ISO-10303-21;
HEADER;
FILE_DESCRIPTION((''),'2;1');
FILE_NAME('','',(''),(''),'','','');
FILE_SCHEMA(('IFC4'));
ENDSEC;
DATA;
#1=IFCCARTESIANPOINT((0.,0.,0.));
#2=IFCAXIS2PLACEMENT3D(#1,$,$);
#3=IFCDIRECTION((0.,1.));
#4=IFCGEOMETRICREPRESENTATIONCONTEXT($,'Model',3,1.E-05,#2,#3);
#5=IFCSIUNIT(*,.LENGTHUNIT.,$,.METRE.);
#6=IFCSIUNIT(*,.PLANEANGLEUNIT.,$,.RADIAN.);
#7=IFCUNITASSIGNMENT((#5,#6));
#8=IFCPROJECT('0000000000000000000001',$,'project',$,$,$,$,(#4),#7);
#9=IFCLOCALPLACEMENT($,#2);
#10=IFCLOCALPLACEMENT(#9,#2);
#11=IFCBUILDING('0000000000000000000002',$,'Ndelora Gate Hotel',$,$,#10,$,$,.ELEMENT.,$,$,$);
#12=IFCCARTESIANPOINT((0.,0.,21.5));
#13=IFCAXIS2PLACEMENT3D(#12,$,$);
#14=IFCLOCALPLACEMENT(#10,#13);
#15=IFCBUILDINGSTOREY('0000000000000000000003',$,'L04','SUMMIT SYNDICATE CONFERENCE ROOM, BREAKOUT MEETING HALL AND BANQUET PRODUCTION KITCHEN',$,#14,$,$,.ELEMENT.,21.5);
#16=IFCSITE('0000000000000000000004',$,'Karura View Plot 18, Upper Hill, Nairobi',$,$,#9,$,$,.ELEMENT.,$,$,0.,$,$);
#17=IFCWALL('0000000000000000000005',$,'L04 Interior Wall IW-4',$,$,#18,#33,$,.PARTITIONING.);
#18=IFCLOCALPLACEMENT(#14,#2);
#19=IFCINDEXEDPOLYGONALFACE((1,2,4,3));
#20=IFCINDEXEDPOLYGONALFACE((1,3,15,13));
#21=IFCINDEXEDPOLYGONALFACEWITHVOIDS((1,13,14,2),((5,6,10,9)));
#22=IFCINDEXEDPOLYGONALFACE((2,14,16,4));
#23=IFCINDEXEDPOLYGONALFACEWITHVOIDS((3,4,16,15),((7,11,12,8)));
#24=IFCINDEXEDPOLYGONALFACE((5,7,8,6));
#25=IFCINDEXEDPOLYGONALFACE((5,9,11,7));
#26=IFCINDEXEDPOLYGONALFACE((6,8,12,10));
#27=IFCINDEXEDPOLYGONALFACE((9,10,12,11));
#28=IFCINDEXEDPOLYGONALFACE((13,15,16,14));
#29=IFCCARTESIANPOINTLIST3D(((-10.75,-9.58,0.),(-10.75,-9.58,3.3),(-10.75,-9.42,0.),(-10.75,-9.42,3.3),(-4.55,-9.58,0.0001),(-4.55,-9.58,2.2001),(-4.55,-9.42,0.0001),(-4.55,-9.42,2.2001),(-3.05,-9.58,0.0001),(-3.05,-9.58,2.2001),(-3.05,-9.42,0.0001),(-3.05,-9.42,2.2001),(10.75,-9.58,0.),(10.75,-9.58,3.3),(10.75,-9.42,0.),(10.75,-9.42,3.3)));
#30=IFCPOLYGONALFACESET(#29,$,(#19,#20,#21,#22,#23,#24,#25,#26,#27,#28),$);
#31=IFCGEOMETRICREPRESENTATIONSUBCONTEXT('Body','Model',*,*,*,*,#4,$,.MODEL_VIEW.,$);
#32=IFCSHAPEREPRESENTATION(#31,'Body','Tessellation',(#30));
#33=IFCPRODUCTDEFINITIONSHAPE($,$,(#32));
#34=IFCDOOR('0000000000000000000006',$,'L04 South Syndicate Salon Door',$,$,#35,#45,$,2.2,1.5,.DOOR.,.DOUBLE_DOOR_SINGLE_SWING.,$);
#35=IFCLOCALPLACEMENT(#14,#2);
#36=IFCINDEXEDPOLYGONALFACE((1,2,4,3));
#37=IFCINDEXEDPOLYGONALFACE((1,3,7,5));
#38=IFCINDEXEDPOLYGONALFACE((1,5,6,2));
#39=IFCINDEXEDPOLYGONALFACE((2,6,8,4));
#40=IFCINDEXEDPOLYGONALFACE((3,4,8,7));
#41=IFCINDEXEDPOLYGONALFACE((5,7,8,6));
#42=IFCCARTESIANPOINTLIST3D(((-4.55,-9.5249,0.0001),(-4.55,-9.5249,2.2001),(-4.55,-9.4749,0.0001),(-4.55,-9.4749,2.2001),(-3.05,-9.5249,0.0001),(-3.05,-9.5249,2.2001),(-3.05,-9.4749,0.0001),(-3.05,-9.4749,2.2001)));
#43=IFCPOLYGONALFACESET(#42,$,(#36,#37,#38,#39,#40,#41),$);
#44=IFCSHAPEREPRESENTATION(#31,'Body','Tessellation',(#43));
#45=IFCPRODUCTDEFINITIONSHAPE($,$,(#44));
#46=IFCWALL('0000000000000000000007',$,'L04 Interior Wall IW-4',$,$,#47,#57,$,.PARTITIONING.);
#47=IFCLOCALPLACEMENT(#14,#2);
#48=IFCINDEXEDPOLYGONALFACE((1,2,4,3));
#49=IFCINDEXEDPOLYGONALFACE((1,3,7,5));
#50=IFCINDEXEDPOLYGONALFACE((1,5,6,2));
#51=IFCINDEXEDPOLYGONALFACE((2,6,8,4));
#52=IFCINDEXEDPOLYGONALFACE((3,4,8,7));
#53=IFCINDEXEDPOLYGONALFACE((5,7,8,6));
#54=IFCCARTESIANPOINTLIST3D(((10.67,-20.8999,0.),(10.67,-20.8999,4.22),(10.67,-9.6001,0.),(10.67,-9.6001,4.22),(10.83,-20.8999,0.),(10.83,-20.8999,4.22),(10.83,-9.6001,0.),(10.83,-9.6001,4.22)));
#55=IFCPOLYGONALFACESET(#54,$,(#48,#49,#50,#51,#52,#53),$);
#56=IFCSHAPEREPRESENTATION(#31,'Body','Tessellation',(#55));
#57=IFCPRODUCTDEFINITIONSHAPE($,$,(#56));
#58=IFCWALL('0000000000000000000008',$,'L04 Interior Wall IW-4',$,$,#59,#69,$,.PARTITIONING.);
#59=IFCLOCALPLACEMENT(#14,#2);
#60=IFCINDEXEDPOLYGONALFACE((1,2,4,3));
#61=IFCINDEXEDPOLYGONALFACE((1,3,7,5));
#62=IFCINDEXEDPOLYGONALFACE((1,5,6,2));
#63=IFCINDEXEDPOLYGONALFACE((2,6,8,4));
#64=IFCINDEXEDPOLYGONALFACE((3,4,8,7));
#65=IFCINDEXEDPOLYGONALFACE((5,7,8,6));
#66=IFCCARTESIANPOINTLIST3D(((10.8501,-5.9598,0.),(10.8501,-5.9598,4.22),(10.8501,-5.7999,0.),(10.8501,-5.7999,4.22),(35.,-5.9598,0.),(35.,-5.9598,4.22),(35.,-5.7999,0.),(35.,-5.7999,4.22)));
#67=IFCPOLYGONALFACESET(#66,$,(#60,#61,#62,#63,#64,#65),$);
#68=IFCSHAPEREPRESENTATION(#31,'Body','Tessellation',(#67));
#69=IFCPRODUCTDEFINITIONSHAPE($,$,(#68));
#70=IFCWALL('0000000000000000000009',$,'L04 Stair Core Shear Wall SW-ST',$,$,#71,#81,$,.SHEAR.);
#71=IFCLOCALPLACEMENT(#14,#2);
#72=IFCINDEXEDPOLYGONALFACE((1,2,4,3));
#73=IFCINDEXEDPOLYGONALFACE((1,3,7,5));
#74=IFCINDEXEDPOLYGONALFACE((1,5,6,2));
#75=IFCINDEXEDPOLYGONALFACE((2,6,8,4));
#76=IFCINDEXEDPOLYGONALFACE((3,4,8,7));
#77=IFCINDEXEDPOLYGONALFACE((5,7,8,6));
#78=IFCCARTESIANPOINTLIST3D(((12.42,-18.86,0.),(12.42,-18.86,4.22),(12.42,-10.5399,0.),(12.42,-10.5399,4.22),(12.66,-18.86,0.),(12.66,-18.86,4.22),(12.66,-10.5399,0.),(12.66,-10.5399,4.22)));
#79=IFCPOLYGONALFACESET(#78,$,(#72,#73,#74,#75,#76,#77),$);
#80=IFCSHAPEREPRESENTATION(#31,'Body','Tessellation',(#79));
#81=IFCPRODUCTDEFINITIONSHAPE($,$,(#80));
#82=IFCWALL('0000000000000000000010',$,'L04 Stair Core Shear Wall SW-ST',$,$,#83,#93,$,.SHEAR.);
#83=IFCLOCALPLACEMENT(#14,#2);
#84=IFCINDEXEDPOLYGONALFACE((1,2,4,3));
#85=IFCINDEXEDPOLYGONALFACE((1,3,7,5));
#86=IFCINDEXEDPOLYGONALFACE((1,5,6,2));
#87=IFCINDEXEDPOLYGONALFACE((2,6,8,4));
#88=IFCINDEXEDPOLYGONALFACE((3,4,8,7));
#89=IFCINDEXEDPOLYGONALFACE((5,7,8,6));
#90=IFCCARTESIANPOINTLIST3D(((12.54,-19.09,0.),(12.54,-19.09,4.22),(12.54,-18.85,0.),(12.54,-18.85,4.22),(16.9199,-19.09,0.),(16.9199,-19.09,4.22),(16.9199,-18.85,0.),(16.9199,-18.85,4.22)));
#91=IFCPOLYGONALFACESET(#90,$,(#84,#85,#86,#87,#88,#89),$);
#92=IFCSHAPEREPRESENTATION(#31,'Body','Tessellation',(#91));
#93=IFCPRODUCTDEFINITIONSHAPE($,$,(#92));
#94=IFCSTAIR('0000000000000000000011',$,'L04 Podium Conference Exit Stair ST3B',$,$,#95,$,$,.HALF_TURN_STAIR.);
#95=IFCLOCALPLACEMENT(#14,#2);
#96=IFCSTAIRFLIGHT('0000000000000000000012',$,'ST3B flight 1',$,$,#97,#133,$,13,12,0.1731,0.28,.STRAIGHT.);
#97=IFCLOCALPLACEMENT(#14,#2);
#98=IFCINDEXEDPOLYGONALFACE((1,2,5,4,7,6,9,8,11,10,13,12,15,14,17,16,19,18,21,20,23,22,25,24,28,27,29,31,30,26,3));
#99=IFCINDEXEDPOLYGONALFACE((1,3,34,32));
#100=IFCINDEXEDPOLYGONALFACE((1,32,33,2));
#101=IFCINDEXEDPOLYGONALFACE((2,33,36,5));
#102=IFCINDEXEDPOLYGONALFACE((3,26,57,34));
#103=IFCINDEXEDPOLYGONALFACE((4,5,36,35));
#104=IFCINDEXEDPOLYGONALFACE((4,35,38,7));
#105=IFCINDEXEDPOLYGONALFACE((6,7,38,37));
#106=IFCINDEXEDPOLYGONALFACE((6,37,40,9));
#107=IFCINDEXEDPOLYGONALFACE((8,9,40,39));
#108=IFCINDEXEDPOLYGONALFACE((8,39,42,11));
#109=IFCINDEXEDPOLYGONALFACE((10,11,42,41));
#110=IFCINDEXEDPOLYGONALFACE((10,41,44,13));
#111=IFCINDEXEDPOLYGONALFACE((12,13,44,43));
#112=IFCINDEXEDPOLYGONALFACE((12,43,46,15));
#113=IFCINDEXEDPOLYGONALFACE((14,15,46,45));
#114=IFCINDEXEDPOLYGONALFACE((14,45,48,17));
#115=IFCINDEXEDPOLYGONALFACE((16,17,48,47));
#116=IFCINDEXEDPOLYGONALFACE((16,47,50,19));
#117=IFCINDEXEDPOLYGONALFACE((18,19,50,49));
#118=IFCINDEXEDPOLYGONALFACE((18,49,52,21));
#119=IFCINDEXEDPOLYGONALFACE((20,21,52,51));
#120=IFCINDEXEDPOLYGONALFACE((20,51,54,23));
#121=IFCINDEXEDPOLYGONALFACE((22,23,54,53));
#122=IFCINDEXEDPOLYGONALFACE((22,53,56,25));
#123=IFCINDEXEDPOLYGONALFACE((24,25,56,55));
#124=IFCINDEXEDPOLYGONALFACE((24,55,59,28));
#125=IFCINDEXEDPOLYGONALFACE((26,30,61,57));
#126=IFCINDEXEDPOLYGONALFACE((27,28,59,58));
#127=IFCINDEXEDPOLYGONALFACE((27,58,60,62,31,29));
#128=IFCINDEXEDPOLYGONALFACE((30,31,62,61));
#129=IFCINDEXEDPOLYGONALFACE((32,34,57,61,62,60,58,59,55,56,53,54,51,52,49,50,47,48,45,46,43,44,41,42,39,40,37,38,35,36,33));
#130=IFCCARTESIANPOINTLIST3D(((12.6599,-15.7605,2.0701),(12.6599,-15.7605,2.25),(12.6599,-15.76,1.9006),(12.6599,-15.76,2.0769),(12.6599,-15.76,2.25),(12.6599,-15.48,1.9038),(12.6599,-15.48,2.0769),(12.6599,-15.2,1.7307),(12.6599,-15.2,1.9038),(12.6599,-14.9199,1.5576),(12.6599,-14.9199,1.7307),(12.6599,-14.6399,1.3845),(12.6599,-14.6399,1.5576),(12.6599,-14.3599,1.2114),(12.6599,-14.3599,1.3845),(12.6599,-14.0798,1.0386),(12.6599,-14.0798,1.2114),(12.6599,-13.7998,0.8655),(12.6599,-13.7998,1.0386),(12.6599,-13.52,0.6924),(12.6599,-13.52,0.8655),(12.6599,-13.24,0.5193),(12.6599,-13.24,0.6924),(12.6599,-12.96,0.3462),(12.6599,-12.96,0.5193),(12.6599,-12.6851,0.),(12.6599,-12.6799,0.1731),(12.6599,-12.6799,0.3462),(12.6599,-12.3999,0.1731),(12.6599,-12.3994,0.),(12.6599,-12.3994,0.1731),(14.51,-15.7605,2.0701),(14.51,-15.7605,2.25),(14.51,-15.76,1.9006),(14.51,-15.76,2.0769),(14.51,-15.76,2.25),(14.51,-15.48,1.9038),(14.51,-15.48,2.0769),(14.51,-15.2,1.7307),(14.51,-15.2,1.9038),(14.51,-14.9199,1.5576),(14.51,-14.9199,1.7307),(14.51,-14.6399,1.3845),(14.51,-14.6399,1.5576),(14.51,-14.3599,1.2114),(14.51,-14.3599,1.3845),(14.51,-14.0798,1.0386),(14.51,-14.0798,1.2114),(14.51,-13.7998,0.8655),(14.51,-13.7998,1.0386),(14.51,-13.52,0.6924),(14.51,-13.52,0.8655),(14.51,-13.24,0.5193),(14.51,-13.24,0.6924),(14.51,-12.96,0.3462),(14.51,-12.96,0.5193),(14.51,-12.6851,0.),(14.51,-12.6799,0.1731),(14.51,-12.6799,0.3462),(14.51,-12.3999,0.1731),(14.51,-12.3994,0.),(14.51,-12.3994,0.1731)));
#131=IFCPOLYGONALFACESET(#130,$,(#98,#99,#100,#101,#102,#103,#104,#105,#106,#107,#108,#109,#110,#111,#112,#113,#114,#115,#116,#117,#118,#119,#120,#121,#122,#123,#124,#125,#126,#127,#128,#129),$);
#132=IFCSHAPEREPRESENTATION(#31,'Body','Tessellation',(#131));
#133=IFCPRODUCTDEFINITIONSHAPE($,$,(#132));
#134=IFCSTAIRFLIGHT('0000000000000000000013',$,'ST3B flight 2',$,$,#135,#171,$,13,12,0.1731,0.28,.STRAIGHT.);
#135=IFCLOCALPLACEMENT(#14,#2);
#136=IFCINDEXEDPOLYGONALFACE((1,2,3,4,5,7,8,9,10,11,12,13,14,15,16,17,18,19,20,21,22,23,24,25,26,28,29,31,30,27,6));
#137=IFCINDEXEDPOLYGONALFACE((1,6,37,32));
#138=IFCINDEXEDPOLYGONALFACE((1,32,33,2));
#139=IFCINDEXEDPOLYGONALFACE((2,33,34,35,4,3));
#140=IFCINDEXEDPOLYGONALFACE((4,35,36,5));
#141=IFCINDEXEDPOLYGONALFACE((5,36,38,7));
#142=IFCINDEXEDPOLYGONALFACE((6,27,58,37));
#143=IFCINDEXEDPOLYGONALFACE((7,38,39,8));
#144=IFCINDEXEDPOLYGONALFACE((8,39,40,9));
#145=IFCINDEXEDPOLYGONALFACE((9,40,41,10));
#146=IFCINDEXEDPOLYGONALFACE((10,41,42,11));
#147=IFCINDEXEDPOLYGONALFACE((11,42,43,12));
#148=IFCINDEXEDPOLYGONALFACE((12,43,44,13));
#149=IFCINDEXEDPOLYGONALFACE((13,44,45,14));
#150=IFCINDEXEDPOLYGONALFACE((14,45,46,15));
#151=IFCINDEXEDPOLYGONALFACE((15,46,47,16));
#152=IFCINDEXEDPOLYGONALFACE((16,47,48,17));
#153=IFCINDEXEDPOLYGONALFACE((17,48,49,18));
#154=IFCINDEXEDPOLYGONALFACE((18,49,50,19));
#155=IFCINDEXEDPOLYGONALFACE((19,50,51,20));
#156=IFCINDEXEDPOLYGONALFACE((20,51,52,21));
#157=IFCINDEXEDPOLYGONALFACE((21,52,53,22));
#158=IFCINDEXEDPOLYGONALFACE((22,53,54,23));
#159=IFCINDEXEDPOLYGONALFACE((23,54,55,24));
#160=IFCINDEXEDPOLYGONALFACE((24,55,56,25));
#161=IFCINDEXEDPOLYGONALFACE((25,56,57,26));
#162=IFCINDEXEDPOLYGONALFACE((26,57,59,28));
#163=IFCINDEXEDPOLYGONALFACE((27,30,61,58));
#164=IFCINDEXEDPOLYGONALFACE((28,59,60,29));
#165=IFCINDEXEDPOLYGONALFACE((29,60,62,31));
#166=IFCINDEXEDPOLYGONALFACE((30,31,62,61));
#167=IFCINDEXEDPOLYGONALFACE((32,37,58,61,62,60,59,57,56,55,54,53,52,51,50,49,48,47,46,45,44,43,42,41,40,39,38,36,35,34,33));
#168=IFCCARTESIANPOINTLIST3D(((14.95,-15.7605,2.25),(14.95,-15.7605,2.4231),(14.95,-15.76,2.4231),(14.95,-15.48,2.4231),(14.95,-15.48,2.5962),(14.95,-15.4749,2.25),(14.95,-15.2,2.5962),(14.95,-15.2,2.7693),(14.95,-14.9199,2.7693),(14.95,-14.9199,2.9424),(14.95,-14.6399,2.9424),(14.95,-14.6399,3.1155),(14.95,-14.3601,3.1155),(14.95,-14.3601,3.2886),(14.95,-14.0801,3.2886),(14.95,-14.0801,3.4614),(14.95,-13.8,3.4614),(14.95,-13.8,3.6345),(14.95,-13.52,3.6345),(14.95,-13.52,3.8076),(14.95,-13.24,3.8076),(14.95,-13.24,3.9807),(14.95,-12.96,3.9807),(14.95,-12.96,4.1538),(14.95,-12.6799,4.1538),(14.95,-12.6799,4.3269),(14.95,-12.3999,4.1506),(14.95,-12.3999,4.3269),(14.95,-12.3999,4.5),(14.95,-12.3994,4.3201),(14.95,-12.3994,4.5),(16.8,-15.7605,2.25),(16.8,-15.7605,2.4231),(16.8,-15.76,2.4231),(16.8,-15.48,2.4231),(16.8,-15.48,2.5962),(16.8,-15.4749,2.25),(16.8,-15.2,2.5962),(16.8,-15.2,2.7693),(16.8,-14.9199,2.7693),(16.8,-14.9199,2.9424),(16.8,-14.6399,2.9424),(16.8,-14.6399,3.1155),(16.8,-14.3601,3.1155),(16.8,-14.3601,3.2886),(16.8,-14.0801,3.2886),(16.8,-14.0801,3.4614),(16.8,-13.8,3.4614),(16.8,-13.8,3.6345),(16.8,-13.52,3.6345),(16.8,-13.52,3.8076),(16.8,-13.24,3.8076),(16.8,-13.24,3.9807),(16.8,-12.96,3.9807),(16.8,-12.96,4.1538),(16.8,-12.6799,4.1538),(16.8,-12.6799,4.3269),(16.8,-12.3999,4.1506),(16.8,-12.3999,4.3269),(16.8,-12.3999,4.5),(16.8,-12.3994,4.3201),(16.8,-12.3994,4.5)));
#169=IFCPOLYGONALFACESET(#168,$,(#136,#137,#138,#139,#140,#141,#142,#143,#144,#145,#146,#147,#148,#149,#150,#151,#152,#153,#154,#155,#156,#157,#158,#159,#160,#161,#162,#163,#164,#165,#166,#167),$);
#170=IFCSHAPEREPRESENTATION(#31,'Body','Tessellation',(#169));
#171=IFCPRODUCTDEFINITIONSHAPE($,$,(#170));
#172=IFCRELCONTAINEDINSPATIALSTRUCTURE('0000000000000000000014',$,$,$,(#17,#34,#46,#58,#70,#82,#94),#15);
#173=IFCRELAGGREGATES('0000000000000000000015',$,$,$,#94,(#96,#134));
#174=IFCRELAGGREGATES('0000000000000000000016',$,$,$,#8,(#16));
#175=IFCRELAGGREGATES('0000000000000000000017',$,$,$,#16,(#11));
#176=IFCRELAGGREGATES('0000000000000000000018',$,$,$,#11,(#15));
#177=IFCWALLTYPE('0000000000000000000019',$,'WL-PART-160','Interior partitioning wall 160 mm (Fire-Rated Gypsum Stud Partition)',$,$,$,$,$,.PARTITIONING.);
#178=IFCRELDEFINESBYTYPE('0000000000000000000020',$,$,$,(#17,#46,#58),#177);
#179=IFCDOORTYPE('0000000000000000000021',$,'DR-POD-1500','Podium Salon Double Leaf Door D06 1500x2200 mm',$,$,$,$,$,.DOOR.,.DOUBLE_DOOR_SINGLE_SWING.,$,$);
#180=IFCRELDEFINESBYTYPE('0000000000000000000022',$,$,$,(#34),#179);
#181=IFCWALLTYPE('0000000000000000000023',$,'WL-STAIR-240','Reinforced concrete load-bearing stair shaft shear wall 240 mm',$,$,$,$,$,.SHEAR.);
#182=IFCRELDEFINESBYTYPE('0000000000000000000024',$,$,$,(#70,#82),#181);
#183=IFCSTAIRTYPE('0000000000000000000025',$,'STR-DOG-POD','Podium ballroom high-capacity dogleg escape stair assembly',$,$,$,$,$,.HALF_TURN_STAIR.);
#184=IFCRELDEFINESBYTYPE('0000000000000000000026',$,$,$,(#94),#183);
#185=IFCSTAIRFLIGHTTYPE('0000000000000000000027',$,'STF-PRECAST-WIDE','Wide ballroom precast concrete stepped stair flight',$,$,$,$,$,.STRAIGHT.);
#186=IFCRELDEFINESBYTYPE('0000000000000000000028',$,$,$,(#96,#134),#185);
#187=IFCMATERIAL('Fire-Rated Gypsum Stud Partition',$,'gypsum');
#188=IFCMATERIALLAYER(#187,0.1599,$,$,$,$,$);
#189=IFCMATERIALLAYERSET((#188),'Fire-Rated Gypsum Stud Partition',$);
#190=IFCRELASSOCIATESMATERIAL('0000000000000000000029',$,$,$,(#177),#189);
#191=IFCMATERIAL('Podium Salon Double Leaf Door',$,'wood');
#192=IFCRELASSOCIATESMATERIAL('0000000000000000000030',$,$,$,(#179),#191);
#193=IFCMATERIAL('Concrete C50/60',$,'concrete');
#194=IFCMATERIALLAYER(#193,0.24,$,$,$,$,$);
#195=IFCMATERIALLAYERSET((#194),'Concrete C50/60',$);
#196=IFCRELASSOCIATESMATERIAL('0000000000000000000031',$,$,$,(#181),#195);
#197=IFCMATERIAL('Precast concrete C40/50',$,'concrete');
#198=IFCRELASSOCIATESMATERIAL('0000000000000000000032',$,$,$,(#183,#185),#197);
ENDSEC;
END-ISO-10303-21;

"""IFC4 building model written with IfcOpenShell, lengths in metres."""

from ifc_helpers import new_model, si_unit, direction, frame, frame_2d, origin, place, context, subcontext, project, spatial, polyline, rectangle, outline, extrude, material, layer, layer_set, type_object, element, fill, aggregate, save


model = new_model("IFC4")

# Units and contexts
model_context = context("Model", 3, precision=1e-05, world=origin(), true_north=direction((0.0, 1.0)))
body_context = subcontext(model_context, "Body", "Model", "MODEL_VIEW")
ifc_project = project(units=[si_unit("LENGTHUNIT", "METRE"), si_unit("PLANEANGLEUNIT", "RADIAN")], contexts=[model_context])

# Site, building, storey
site_placement = place(None, origin())
site = spatial("IfcSite", under=ifc_project, at=site_placement, Name="Karura View Plot 18, Upper Hill, Nairobi", CompositionType="ELEMENT", RefElevation=0.0)
building_placement = place(site_placement, origin())
building = spatial("IfcBuilding", under=site, at=building_placement, Name="Ndelora Gate Hotel", CompositionType="ELEMENT")
storey_placement = place(building_placement, frame((0.0, 0.0, 21.5)))
storey = spatial("IfcBuildingStorey", under=building, at=storey_placement, Name="L04", Description="SUMMIT SYNDICATE CONFERENCE ROOM, BREAKOUT MEETING HALL AND BANQUET PRODUCTION KITCHEN", CompositionType="ELEMENT", Elevation=21.5)

# Wall, opening, door
ifc_material_1 = material(Name="Fire-Rated Gypsum Stud Partition", Category="gypsum")
ifc_layer_1 = layer(ifc_material_1, 0.1599)
ifc_layer_set_1 = layer_set([ifc_layer_1], Name="Fire-Rated Gypsum Stud Partition")
wall_type_1 = type_object("IfcWallType", Name="WL-PART-160", Description="Interior partitioning wall 160 mm (Fire-Rated Gypsum Stud Partition)", PredefinedType="PARTITIONING", material=ifc_layer_set_1)
wall_1_placement = place(storey_placement, frame((10.75, -9.5, 0.0), z_axis=(0.0, 0.0, 1.0), x_axis=(-1.0, 0.0, 0.0)))
wall_1 = element("IfcWall", 1, at=wall_1_placement, inside=storey, type_object=wall_type_1, Name="L04 Interior Wall IW-4", PredefinedType="PARTITIONING", context=body_context, shape_type="SweptSolid", body=[
    extrude(rectangle(XDim=21.5, YDim=0.1599, at=frame_2d((10.75, 0.0))), origin(), (0.0, 0.0, 1.0), 3.3),
])
opening_placement = place(wall_1_placement, frame((13.8, 0.0, 0.0)))
opening = element("IfcOpeningElement", 2, at=opening_placement, cuts=wall_1, PredefinedType="OPENING", context=body_context, shape_type="SweptSolid", body=[
    extrude(rectangle(XDim=1.5, YDim=2.2, at=frame_2d((0.75, 1.1001))), frame((0.0, 0.0898, 0.0), z_axis=(0.0, -1.0, 0.0), x_axis=(1.0, 0.0, 0.0)), (0.0, 0.0, 1.0), 0.1799),
])
ifc_material_2 = material(Name="Podium Salon Double Leaf Door", Category="wood")
door_type = type_object("IfcDoorType", Name="DR-POD-1500", Description="Podium Salon Double Leaf Door D06 1500x2200 mm", OperationType="DOUBLE_DOOR_SINGLE_SWING", PredefinedType="DOOR", material=ifc_material_2)
door_placement = place(opening_placement, origin())
door = element("IfcDoor", 3, at=door_placement, inside=storey, type_object=door_type, Name="L04 South Syndicate Salon Door", OperationType="DOUBLE_DOOR_SINGLE_SWING", OverallHeight=2.2, OverallWidth=1.5, PredefinedType="DOOR", context=body_context, shape_type="SweptSolid", body=[
    extrude(rectangle(XDim=1.5, YDim=2.2, at=frame_2d((0.75, 1.1001))), frame((0.0, 0.0249, 0.0), z_axis=(0.0, -1.0, 0.0), x_axis=(1.0, 0.0, 0.0)), (0.0, 0.0, 1.0), 0.05),
])
fill(opening, door)

# Walls
wall_2_placement = place(storey_placement, frame((10.75, -20.8999, 0.0), z_axis=(0.0, 0.0, 1.0), x_axis=(0.0, 1.0, 0.0)))
element("IfcWall", 4, at=wall_2_placement, inside=storey, type_object=wall_type_1, Name="L04 Interior Wall IW-4", PredefinedType="PARTITIONING", context=body_context, shape_type="SweptSolid", body=[
    extrude(rectangle(XDim=11.2998, YDim=0.1599, at=frame_2d((5.6499, 0.0))), origin(), (0.0, 0.0, 1.0), 4.22),
])
wall_3_placement = place(storey_placement, frame((10.8501, -5.8799, 0.0), z_axis=(0.0, 0.0, 1.0), x_axis=(1.0, 0.0, 0.0)))
element("IfcWall", 5, at=wall_3_placement, inside=storey, type_object=wall_type_1, Name="L04 Interior Wall IW-4", PredefinedType="PARTITIONING", context=body_context, shape_type="SweptSolid", body=[
    extrude(rectangle(XDim=24.1499, YDim=0.1599, at=frame_2d((12.075, 0.0))), origin(), (0.0, 0.0, 1.0), 4.22),
])
ifc_material_3 = material(Name="Concrete C50/60", Category="concrete")
ifc_layer_2 = layer(ifc_material_3, 0.24)
ifc_layer_set_2 = layer_set([ifc_layer_2], Name="Concrete C50/60")
wall_type_2 = type_object("IfcWallType", Name="WL-STAIR-240", Description="Reinforced concrete load-bearing stair shaft shear wall 240 mm", PredefinedType="SHEAR", material=ifc_layer_set_2)
wall_4_placement = place(storey_placement, frame((12.54, -18.8601, 0.0), z_axis=(0.0, 0.0, 1.0), x_axis=(0.0, 1.0, 0.0)))
element("IfcWall", 6, at=wall_4_placement, inside=storey, type_object=wall_type_2, Name="L04 Stair Core Shear Wall SW-ST", PredefinedType="SHEAR", context=body_context, shape_type="SweptSolid", body=[
    extrude(rectangle(XDim=8.3201, YDim=0.24, at=frame_2d((4.1602, 0.0))), origin(), (0.0, 0.0, 1.0), 4.22),
])
wall_5_placement = place(storey_placement, frame((12.54, -18.97, 0.0), z_axis=(0.0, 0.0, 1.0), x_axis=(1.0, 0.0, 0.0)))
element("IfcWall", 7, at=wall_5_placement, inside=storey, type_object=wall_type_2, Name="L04 Stair Core Shear Wall SW-ST", PredefinedType="SHEAR", context=body_context, shape_type="SweptSolid", body=[
    extrude(rectangle(XDim=4.3799, YDim=0.24, at=frame_2d((2.1899, 0.0))), origin(), (0.0, 0.0, 1.0), 4.22),
])

# Stair, stair flights
ifc_material_4 = material(Name="Precast concrete C40/50", Category="concrete")
stair_type = type_object("IfcStairType", Name="STR-DOG-POD", Description="Podium ballroom high-capacity dogleg escape stair assembly", PredefinedType="HALF_TURN_STAIR", material=ifc_material_4)
stair_placement = place(storey_placement, origin())
stair = element("IfcStair", 8, at=stair_placement, inside=storey, type_object=stair_type, Name="L04 Podium Conference Exit Stair ST3B", PredefinedType="HALF_TURN_STAIR")
stair_flight_type = type_object("IfcStairFlightType", Name="STF-PRECAST-WIDE", Description="Wide ballroom precast concrete stepped stair flight", PredefinedType="STRAIGHT", material=ifc_material_4)
stair_flight_1_placement = place(storey_placement, frame((13.585, -12.3999, 0.0), z_axis=(0.0, 0.0, 1.0), x_axis=(0.0, -1.0, 0.0)))
stair_flight_1 = element("IfcStairFlight", 9, at=stair_flight_1_placement, type_object=stair_flight_type, Name="ST3B flight 1", NumberOfRisers=13, NumberOfTreads=12, PredefinedType="STRAIGHT", RiserHeight=0.1731, TreadLength=0.28, context=body_context, shape_type="SweptSolid", body=[
    extrude(outline(polyline([(-0.0005, 0.0), (-0.0005, 0.1731), (0.0, 0.1731), (0.28, 0.1731), (0.28, 0.3462), (0.5601, 0.3462), (0.5601, 0.5193), (0.8401, 0.5193), (0.8401, 0.6924), (1.1201, 0.6924), (1.1201, 0.8655), (1.3999, 0.8655), (1.3999, 1.0386), (1.6799, 1.0386), (1.6799, 1.2114), (1.96, 1.2114), (1.96, 1.3845), (2.24, 1.3845), (2.24, 1.5576), (2.52, 1.5576), (2.52, 1.7307), (2.8, 1.7307), (2.8, 1.9038), (3.0801, 1.9038), (3.0801, 2.0769), (3.3601, 2.0769), (3.3601, 2.25), (3.3606, 2.25), (3.3606, 2.0701), (3.3601, 1.9006), (0.2852, 0.0), (-0.0005, 0.0)])), frame((0.0, 0.925, 0.0), z_axis=(0.0, -1.0, 0.0), x_axis=(1.0, 0.0, 0.0)), (0.0, 0.0, 1.0), 1.8501),
])
stair_flight_2_placement = place(storey_placement, frame((15.875, -15.76, 2.25), z_axis=(0.0, 0.0, 1.0), x_axis=(0.0, 1.0, 0.0)))
stair_flight_2 = element("IfcStairFlight", 10, at=stair_flight_2_placement, type_object=stair_flight_type, Name="ST3B flight 2", NumberOfRisers=13, NumberOfTreads=12, PredefinedType="STRAIGHT", RiserHeight=0.1731, TreadLength=0.28, context=body_context, shape_type="SweptSolid", body=[
    extrude(outline(polyline([(-0.0005, 0.0), (-0.0005, 0.1731), (0.0, 0.1731), (0.28, 0.1731), (0.28, 0.3462), (0.5601, 0.3462), (0.5601, 0.5193), (0.8401, 0.5193), (0.8401, 0.6924), (1.1201, 0.6924), (1.1201, 0.8655), (1.3999, 0.8655), (1.3999, 1.0386), (1.6799, 1.0386), (1.6799, 1.2114), (1.96, 1.2114), (1.96, 1.3845), (2.24, 1.3845), (2.24, 1.5576), (2.52, 1.5576), (2.52, 1.7307), (2.8, 1.7307), (2.8, 1.9038), (3.0801, 1.9038), (3.0801, 2.0769), (3.3601, 2.0769), (3.3601, 2.25), (3.3606, 2.25), (3.3606, 2.0701), (3.3601, 1.9006), (0.2852, 0.0), (-0.0005, 0.0)])), frame((0.0, 0.925, 0.0), z_axis=(0.0, -1.0, 0.0), x_axis=(1.0, 0.0, 0.0)), (0.0, 0.0, 1.0), 1.8501),
])
aggregate(stair, [stair_flight_1, stair_flight_2])

save(model, "model.ifc")
